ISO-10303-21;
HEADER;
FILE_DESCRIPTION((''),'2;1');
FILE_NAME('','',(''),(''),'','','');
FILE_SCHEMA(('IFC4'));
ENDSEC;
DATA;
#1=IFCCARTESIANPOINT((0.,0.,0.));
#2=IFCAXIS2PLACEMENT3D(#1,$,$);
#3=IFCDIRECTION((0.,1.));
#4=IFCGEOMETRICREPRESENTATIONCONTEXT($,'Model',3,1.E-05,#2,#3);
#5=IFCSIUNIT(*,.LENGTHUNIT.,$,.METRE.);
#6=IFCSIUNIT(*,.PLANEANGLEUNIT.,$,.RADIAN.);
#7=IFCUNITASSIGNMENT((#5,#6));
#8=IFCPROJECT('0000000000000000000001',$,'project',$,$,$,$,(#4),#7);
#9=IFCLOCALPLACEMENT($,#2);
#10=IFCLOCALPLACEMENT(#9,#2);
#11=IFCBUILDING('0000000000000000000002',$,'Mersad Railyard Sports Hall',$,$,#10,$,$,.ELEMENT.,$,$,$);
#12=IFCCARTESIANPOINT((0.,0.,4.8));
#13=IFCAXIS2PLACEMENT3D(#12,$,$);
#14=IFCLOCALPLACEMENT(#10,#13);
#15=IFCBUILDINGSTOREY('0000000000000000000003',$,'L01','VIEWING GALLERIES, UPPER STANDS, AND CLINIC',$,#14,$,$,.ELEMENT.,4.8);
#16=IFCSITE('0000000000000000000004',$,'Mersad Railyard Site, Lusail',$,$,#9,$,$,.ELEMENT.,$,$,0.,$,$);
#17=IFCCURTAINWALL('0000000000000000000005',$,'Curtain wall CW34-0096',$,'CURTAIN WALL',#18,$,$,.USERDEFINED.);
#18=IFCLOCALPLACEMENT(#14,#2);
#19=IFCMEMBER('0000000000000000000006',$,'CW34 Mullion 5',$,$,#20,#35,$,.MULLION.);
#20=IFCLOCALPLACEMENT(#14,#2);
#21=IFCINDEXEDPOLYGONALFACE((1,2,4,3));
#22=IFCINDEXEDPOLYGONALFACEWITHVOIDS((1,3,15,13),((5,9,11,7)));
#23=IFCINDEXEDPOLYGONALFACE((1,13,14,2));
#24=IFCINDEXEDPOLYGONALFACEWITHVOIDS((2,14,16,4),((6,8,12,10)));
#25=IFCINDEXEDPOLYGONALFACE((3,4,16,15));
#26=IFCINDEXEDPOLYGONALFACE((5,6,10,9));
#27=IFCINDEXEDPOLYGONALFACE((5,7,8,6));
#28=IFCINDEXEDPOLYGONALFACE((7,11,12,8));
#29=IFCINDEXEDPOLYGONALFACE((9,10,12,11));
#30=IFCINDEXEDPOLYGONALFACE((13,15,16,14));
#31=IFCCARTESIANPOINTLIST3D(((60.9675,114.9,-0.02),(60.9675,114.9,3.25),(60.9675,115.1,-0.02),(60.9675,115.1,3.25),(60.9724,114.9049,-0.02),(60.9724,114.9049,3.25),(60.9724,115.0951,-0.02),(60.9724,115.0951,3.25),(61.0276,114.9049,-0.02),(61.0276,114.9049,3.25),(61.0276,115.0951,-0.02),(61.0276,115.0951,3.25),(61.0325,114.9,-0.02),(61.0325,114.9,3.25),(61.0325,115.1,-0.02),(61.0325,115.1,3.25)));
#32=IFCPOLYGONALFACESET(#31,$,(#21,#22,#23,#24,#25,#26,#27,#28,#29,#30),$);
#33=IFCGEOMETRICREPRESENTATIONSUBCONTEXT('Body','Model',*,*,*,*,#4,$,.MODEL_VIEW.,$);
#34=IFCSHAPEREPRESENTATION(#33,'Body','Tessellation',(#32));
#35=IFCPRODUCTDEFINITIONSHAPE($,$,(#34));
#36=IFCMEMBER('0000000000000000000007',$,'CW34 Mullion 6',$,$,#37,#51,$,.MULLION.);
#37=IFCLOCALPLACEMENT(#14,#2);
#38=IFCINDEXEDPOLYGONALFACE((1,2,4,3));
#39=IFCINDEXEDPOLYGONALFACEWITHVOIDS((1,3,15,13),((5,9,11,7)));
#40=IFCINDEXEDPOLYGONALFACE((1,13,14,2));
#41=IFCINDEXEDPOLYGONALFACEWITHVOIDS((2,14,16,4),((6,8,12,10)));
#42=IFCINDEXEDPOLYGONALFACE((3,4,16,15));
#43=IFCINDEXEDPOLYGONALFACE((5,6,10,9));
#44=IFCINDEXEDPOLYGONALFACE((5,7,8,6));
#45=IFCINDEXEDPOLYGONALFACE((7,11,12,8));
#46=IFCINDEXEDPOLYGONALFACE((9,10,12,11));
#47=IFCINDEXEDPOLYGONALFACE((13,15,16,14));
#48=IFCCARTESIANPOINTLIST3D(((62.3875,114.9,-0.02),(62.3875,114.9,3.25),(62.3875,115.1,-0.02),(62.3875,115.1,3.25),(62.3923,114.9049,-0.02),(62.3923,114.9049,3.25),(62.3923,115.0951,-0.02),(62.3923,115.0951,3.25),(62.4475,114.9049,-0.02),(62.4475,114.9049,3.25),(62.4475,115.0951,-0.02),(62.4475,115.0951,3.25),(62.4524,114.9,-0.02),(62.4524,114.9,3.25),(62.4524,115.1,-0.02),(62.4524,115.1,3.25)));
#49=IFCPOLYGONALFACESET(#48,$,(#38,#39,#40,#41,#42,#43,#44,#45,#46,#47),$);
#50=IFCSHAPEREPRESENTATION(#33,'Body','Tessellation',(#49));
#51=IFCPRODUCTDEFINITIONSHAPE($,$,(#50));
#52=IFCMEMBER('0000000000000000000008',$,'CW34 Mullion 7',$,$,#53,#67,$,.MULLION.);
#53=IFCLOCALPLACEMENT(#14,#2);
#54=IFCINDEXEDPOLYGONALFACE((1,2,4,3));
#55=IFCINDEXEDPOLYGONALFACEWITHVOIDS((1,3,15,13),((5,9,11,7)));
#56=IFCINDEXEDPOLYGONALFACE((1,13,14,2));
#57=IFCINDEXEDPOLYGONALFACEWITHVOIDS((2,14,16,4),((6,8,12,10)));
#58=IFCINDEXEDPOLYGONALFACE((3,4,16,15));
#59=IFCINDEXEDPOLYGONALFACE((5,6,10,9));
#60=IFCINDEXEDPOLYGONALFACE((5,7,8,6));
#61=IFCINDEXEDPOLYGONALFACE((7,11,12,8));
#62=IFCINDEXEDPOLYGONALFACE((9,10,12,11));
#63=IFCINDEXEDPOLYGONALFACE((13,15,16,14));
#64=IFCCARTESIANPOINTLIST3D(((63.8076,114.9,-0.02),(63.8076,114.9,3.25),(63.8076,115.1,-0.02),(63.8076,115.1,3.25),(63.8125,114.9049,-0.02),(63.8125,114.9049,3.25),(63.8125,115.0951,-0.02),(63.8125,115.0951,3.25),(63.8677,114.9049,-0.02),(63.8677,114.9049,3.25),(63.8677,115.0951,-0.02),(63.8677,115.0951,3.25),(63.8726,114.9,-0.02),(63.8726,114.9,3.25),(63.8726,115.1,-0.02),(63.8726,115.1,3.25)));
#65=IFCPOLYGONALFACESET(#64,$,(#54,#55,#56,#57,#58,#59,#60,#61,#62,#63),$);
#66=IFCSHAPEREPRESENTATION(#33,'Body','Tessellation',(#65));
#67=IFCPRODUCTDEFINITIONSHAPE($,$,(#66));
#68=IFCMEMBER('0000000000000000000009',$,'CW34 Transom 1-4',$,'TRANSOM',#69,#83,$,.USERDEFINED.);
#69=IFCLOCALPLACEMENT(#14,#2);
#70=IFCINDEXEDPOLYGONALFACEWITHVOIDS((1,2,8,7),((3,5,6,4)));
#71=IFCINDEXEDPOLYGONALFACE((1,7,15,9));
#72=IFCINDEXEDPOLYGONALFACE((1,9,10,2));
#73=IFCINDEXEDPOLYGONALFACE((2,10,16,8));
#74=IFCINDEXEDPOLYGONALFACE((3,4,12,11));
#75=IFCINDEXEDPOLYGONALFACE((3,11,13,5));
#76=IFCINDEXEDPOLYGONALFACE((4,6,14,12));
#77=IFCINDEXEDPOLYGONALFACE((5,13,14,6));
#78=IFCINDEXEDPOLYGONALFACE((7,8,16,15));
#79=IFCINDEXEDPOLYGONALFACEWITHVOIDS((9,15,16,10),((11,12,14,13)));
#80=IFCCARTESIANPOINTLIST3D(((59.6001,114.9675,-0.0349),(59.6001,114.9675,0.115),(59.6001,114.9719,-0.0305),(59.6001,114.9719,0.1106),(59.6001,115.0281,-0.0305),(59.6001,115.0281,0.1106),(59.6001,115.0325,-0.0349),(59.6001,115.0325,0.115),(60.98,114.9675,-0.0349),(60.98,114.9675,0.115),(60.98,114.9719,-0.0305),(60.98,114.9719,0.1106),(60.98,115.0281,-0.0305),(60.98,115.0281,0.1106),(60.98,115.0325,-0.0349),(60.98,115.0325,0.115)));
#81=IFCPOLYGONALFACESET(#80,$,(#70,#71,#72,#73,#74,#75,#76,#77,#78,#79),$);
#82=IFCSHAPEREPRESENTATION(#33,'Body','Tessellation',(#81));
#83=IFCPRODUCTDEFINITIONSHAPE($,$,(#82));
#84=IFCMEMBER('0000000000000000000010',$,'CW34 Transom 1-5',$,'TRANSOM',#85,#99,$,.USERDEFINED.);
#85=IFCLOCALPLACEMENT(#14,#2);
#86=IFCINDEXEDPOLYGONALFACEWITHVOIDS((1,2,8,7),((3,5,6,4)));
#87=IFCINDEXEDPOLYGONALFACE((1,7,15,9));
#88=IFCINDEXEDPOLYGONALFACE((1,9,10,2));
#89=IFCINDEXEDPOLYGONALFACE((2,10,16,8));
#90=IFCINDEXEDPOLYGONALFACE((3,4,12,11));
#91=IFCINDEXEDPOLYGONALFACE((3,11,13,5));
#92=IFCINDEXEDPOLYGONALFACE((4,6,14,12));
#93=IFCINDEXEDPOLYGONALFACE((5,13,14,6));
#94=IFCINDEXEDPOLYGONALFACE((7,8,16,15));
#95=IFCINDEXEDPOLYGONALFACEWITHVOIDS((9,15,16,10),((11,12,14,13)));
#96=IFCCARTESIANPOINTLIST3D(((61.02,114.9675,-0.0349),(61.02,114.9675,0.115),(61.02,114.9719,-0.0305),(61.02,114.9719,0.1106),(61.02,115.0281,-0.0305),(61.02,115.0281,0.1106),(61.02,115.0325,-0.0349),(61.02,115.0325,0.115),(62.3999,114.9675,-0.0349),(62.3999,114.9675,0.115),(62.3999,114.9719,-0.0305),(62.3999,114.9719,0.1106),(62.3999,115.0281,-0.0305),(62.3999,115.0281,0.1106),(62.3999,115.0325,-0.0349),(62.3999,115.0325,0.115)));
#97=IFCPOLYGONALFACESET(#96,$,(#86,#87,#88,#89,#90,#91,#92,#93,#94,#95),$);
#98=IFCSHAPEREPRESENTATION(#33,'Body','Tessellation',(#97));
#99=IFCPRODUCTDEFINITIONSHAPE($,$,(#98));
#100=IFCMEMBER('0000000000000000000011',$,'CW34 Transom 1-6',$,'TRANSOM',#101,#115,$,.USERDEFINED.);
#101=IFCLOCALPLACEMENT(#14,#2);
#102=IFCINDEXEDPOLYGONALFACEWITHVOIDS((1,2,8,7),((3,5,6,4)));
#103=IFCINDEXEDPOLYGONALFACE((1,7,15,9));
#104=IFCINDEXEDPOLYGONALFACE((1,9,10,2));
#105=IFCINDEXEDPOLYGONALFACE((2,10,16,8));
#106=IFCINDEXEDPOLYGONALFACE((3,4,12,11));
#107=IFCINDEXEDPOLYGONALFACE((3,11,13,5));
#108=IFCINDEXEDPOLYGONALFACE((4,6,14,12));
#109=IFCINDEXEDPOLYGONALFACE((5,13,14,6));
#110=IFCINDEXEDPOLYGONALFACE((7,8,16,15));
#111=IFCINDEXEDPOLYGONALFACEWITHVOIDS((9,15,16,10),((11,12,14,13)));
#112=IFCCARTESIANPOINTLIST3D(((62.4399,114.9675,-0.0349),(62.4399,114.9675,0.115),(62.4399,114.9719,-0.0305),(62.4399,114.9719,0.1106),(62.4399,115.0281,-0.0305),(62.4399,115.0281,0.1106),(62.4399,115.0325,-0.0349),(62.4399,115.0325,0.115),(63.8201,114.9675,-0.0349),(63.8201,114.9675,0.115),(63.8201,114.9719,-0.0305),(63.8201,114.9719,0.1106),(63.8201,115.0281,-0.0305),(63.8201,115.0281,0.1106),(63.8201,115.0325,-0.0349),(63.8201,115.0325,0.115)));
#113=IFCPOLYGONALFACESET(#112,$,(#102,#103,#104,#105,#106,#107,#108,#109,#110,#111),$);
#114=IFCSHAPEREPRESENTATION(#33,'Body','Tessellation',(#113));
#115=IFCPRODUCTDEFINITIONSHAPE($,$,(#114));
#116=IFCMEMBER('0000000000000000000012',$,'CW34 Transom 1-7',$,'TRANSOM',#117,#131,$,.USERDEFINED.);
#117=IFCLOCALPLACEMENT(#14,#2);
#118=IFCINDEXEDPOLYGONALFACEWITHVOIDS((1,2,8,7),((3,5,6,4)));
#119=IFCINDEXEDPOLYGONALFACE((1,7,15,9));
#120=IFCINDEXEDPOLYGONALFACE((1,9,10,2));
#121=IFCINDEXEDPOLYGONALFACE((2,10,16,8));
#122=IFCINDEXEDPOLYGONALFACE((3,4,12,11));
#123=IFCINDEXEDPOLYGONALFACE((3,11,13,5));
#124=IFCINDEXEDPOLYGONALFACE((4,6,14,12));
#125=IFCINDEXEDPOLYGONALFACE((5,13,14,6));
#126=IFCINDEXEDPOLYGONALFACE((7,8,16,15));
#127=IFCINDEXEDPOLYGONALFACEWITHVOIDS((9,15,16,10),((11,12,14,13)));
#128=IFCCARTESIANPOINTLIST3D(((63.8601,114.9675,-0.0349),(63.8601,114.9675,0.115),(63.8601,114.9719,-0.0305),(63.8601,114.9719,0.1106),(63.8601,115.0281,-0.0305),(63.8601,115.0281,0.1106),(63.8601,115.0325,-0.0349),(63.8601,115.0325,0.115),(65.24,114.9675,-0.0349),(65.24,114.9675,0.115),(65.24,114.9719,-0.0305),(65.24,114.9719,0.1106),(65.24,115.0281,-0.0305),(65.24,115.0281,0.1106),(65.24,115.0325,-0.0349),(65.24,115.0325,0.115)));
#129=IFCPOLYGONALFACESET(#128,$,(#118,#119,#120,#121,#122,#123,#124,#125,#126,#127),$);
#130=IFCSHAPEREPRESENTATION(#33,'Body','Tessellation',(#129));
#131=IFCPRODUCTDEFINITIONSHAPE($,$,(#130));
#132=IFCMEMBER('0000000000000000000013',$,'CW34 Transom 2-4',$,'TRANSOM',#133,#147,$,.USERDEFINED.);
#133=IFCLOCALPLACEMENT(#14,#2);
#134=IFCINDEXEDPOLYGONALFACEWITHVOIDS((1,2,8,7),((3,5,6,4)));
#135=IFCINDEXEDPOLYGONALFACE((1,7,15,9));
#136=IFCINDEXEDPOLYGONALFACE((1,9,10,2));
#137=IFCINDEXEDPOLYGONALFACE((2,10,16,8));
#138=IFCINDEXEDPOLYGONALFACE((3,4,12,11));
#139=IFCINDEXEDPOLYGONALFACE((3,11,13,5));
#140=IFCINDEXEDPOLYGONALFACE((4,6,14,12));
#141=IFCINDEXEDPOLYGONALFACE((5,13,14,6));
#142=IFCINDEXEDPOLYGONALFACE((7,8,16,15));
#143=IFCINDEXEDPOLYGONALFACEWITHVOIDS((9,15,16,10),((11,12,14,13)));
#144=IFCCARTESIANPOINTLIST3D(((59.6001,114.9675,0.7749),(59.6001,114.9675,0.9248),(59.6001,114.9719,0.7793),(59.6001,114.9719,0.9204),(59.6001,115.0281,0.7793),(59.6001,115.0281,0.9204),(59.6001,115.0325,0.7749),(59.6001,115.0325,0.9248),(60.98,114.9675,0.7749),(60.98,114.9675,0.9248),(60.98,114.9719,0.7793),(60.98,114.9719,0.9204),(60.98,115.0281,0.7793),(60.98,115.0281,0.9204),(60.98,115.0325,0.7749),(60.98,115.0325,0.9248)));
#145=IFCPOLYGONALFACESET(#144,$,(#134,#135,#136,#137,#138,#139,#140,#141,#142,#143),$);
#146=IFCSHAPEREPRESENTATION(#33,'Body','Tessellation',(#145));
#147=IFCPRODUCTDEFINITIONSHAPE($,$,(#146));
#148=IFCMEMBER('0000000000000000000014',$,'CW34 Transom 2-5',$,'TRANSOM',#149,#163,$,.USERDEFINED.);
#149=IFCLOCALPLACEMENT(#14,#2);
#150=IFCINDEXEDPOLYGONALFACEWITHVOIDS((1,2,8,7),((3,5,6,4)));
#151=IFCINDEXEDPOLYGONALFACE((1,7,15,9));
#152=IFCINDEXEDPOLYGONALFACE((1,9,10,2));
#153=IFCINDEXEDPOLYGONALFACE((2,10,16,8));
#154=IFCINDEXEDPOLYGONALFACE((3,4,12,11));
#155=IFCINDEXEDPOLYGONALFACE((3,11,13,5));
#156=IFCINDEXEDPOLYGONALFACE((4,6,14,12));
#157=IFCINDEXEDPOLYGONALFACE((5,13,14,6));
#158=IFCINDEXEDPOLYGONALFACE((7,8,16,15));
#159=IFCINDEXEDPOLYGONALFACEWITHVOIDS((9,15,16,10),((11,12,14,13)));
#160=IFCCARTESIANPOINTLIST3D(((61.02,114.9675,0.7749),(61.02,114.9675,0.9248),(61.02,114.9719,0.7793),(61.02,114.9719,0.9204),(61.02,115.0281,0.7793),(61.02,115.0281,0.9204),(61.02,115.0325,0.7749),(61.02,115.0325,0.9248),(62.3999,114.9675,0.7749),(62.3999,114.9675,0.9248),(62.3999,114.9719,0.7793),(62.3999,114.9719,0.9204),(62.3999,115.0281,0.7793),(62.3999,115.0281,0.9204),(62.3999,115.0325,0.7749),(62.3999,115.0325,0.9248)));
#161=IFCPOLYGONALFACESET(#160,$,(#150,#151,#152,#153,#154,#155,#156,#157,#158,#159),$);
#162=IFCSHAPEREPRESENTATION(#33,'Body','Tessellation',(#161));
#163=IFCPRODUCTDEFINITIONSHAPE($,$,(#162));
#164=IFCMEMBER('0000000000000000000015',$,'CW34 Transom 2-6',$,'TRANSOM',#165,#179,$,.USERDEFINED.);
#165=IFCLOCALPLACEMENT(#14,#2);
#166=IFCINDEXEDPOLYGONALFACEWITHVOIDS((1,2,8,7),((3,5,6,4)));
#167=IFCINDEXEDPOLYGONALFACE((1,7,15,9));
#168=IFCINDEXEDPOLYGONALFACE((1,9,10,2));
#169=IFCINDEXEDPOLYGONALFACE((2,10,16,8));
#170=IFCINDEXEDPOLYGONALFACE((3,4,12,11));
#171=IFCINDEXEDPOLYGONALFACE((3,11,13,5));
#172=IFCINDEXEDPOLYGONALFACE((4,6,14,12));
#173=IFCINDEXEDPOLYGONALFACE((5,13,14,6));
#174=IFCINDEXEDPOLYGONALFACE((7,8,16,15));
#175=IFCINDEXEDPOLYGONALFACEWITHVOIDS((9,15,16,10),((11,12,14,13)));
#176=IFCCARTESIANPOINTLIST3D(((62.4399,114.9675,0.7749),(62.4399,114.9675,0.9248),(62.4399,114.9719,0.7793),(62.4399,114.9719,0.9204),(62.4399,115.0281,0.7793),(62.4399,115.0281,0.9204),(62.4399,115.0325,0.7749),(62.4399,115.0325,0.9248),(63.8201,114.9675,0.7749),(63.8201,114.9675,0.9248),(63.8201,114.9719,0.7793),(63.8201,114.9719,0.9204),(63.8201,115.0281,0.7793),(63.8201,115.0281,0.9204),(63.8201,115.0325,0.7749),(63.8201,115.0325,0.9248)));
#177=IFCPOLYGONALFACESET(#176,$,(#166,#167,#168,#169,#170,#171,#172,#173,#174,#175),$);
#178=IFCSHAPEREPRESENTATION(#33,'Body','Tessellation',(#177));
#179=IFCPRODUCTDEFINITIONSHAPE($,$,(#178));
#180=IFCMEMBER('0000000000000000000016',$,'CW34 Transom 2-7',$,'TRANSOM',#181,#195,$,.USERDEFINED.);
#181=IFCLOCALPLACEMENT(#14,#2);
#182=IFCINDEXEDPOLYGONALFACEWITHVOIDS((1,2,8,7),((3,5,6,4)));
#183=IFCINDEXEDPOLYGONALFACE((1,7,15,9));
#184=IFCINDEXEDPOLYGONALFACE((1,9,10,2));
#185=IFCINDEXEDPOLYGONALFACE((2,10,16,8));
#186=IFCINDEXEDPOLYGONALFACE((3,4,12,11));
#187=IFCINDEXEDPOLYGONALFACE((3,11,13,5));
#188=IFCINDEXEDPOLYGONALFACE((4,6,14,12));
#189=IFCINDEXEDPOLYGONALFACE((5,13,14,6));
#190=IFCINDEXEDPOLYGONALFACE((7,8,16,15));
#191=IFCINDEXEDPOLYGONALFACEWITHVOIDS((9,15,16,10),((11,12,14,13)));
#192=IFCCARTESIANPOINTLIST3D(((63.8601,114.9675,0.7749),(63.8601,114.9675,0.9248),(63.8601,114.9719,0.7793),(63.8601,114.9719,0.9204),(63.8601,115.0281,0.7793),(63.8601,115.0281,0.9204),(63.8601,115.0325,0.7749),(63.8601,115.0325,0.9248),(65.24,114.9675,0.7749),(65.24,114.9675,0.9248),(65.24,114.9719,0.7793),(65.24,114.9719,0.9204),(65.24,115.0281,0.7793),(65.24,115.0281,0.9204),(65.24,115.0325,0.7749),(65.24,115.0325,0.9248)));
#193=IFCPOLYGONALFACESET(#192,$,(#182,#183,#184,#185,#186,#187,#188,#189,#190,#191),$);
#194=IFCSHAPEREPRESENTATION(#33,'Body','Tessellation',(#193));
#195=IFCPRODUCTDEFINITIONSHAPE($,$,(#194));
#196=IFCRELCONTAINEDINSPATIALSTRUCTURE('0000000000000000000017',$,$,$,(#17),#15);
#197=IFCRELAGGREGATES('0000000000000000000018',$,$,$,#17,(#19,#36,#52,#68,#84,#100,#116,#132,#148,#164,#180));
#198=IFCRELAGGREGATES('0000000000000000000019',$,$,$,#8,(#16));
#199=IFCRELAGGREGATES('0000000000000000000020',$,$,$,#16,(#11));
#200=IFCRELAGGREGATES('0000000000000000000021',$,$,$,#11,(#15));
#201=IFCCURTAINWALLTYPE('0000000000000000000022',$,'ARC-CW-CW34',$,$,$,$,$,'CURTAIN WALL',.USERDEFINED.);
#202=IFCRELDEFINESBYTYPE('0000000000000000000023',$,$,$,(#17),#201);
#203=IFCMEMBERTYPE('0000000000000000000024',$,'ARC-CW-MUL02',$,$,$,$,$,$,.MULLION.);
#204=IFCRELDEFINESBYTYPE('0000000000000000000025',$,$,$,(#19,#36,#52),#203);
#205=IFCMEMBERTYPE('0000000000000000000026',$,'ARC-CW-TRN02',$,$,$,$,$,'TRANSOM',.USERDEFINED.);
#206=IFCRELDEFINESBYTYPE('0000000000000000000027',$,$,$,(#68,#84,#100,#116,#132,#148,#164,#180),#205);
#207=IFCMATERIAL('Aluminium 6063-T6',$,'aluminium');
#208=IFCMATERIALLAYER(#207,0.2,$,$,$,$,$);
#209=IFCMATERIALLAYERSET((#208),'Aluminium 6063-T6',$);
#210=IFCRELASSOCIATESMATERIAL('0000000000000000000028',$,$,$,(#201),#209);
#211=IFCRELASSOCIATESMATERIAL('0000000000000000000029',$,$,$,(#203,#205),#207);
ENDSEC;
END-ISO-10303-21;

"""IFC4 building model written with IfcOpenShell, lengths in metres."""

from ifc_helpers import new_model, si_unit, direction, frame, origin, origin_2d, place, context, subcontext, project, spatial, hollow_rectangle, extrude, material, layer, layer_set, material_profile, profile_set, type_object, element, aggregate, save


model = new_model("IFC4")

# Units and contexts
model_context = context("Model", 3, precision=1e-05, world=origin(), true_north=direction((0.0, 1.0)))
body_context = subcontext(model_context, "Body", "Model", "MODEL_VIEW")
ifc_project = project(units=[si_unit("LENGTHUNIT", "METRE"), si_unit("PLANEANGLEUNIT", "RADIAN")], contexts=[model_context])

# Site, building, storey
site_placement = place(None, origin())
site = spatial("IfcSite", under=ifc_project, at=site_placement, Name="Mersad Railyard Site, Lusail", CompositionType="ELEMENT", RefElevation=0.0)
building_placement = place(site_placement, origin())
building = spatial("IfcBuilding", under=site, at=building_placement, Name="Mersad Railyard Sports Hall", CompositionType="ELEMENT")
storey_placement = place(building_placement, frame((0.0, 0.0, 4.8)))
storey = spatial("IfcBuildingStorey", under=building, at=storey_placement, Name="L01", Description="VIEWING GALLERIES, UPPER STANDS, AND CLINIC", CompositionType="ELEMENT", Elevation=4.8)

# Curtain wall, members
ifc_material_1 = material(Name="Aluminium 6063-T6", Category="aluminium")
ifc_layer_1 = layer(ifc_material_1, 0.2)
ifc_layer_set_1 = layer_set([ifc_layer_1], Name="Aluminium 6063-T6")
curtain_wall_type = type_object("IfcCurtainWallType", Name="ARC-CW-CW34", ElementType="CURTAIN WALL", PredefinedType="USERDEFINED", material=ifc_layer_set_1)
curtain_wall_placement = place(storey_placement, origin())
curtain_wall = element("IfcCurtainWall", 1, at=curtain_wall_placement, inside=storey, type_object=curtain_wall_type, Name="Curtain wall CW34-0096", ObjectType="CURTAIN WALL", PredefinedType="USERDEFINED")
ifc_material_profile_1 = material_profile(ifc_material_1, hollow_rectangle(XDim=0.0649, YDim=0.2, WallThickness=0.0049, at=origin_2d()), Name="AL MULLION 65x200x5")
ifc_profile_set_1 = profile_set([ifc_material_profile_1], Name="Aluminium 6063-T6")
member_type_1 = type_object("IfcMemberType", Name="ARC-CW-MUL02", PredefinedType="MULLION", material=ifc_profile_set_1)
member_1_placement = place(storey_placement, frame((61.0, 115.0, -0.02), z_axis=(0.0, 0.0, 1.0), x_axis=(1.0, 0.0, 0.0)))
member_1 = element("IfcMember", 2, at=member_1_placement, type_object=member_type_1, Name="CW34 Mullion 5", PredefinedType="MULLION", context=body_context, shape_type="SweptSolid", body=[
    extrude(hollow_rectangle(XDim=0.0649, YDim=0.2, WallThickness=0.0049, at=origin_2d()), origin(), (0.0, 0.0, 1.0), 3.27),
])
member_2_placement = place(storey_placement, frame((62.4199, 115.0, -0.02), z_axis=(0.0, 0.0, 1.0), x_axis=(1.0, 0.0, 0.0)))
member_2 = element("IfcMember", 3, at=member_2_placement, type_object=member_type_1, Name="CW34 Mullion 6", PredefinedType="MULLION", context=body_context, shape_type="SweptSolid", body=[
    extrude(hollow_rectangle(XDim=0.0649, YDim=0.2, WallThickness=0.0049, at=origin_2d()), origin(), (0.0, 0.0, 1.0), 3.27),
])
member_3_placement = place(storey_placement, frame((63.8401, 115.0, -0.02), z_axis=(0.0, 0.0, 1.0), x_axis=(1.0, 0.0, 0.0)))
member_3 = element("IfcMember", 4, at=member_3_placement, type_object=member_type_1, Name="CW34 Mullion 7", PredefinedType="MULLION", context=body_context, shape_type="SweptSolid", body=[
    extrude(hollow_rectangle(XDim=0.0649, YDim=0.2, WallThickness=0.0049, at=origin_2d()), origin(), (0.0, 0.0, 1.0), 3.27),
])
ifc_material_profile_2 = material_profile(ifc_material_1, hollow_rectangle(XDim=0.0649, YDim=0.1499, WallThickness=0.0044, at=origin_2d()), Name="AL TRANSOM 65x150x4.5")
ifc_profile_set_2 = profile_set([ifc_material_profile_2], Name="Aluminium 6063-T6")
member_type_2 = type_object("IfcMemberType", Name="ARC-CW-TRN02", ElementType="TRANSOM", PredefinedType="USERDEFINED", material=ifc_profile_set_2)
member_4_placement = place(storey_placement, frame((59.6001, 115.0, 0.04), z_axis=(1.0, 0.0, 0.0), x_axis=(0.0, 1.0, 0.0)))
member_4 = element("IfcMember", 5, at=member_4_placement, type_object=member_type_2, Name="CW34 Transom 1-4", ObjectType="TRANSOM", PredefinedType="USERDEFINED", context=body_context, shape_type="SweptSolid", body=[
    extrude(hollow_rectangle(XDim=0.0649, YDim=0.1499, WallThickness=0.0044, at=origin_2d()), origin(), (0.0, 0.0, 1.0), 1.3799),
])
member_5_placement = place(storey_placement, frame((61.02, 115.0, 0.04), z_axis=(1.0, 0.0, 0.0), x_axis=(0.0, 1.0, 0.0)))
member_5 = element("IfcMember", 6, at=member_5_placement, type_object=member_type_2, Name="CW34 Transom 1-5", ObjectType="TRANSOM", PredefinedType="USERDEFINED", context=body_context, shape_type="SweptSolid", body=[
    extrude(hollow_rectangle(XDim=0.0649, YDim=0.1499, WallThickness=0.0044, at=origin_2d()), origin(), (0.0, 0.0, 1.0), 1.3799),
])
member_6_placement = place(storey_placement, frame((62.4399, 115.0, 0.04), z_axis=(1.0, 0.0, 0.0), x_axis=(0.0, 1.0, 0.0)))
member_6 = element("IfcMember", 7, at=member_6_placement, type_object=member_type_2, Name="CW34 Transom 1-6", ObjectType="TRANSOM", PredefinedType="USERDEFINED", context=body_context, shape_type="SweptSolid", body=[
    extrude(hollow_rectangle(XDim=0.0649, YDim=0.1499, WallThickness=0.0044, at=origin_2d()), origin(), (0.0, 0.0, 1.0), 1.3801),
])
member_7_placement = place(storey_placement, frame((63.8601, 115.0, 0.04), z_axis=(1.0, 0.0, 0.0), x_axis=(0.0, 1.0, 0.0)))
member_7 = element("IfcMember", 8, at=member_7_placement, type_object=member_type_2, Name="CW34 Transom 1-7", ObjectType="TRANSOM", PredefinedType="USERDEFINED", context=body_context, shape_type="SweptSolid", body=[
    extrude(hollow_rectangle(XDim=0.0649, YDim=0.1499, WallThickness=0.0044, at=origin_2d()), origin(), (0.0, 0.0, 1.0), 1.3799),
])
member_8_placement = place(storey_placement, frame((59.6001, 115.0, 0.8499), z_axis=(1.0, 0.0, 0.0), x_axis=(0.0, 1.0, 0.0)))
member_8 = element("IfcMember", 9, at=member_8_placement, type_object=member_type_2, Name="CW34 Transom 2-4", ObjectType="TRANSOM", PredefinedType="USERDEFINED", context=body_context, shape_type="SweptSolid", body=[
    extrude(hollow_rectangle(XDim=0.0649, YDim=0.1499, WallThickness=0.0044, at=origin_2d()), origin(), (0.0, 0.0, 1.0), 1.3799),
])
member_9_placement = place(storey_placement, frame((61.02, 115.0, 0.8499), z_axis=(1.0, 0.0, 0.0), x_axis=(0.0, 1.0, 0.0)))
member_9 = element("IfcMember", 10, at=member_9_placement, type_object=member_type_2, Name="CW34 Transom 2-5", ObjectType="TRANSOM", PredefinedType="USERDEFINED", context=body_context, shape_type="SweptSolid", body=[
    extrude(hollow_rectangle(XDim=0.0649, YDim=0.1499, WallThickness=0.0044, at=origin_2d()), origin(), (0.0, 0.0, 1.0), 1.3799),
])
member_10_placement = place(storey_placement, frame((62.4399, 115.0, 0.8499), z_axis=(1.0, 0.0, 0.0), x_axis=(0.0, 1.0, 0.0)))
member_10 = element("IfcMember", 11, at=member_10_placement, type_object=member_type_2, Name="CW34 Transom 2-6", ObjectType="TRANSOM", PredefinedType="USERDEFINED", context=body_context, shape_type="SweptSolid", body=[
    extrude(hollow_rectangle(XDim=0.0649, YDim=0.1499, WallThickness=0.0044, at=origin_2d()), origin(), (0.0, 0.0, 1.0), 1.3801),
])
member_11_placement = place(storey_placement, frame((63.8601, 115.0, 0.8499), z_axis=(1.0, 0.0, 0.0), x_axis=(0.0, 1.0, 0.0)))
member_11 = element("IfcMember", 12, at=member_11_placement, type_object=member_type_2, Name="CW34 Transom 2-7", ObjectType="TRANSOM", PredefinedType="USERDEFINED", context=body_context, shape_type="SweptSolid", body=[
    extrude(hollow_rectangle(XDim=0.0649, YDim=0.1499, WallThickness=0.0044, at=origin_2d()), origin(), (0.0, 0.0, 1.0), 1.3799),
])
aggregate(curtain_wall, [member_1, member_2, member_3, member_4, member_5, member_6, member_7, member_8, member_9, member_10, member_11])

save(model, "model.ifc")
